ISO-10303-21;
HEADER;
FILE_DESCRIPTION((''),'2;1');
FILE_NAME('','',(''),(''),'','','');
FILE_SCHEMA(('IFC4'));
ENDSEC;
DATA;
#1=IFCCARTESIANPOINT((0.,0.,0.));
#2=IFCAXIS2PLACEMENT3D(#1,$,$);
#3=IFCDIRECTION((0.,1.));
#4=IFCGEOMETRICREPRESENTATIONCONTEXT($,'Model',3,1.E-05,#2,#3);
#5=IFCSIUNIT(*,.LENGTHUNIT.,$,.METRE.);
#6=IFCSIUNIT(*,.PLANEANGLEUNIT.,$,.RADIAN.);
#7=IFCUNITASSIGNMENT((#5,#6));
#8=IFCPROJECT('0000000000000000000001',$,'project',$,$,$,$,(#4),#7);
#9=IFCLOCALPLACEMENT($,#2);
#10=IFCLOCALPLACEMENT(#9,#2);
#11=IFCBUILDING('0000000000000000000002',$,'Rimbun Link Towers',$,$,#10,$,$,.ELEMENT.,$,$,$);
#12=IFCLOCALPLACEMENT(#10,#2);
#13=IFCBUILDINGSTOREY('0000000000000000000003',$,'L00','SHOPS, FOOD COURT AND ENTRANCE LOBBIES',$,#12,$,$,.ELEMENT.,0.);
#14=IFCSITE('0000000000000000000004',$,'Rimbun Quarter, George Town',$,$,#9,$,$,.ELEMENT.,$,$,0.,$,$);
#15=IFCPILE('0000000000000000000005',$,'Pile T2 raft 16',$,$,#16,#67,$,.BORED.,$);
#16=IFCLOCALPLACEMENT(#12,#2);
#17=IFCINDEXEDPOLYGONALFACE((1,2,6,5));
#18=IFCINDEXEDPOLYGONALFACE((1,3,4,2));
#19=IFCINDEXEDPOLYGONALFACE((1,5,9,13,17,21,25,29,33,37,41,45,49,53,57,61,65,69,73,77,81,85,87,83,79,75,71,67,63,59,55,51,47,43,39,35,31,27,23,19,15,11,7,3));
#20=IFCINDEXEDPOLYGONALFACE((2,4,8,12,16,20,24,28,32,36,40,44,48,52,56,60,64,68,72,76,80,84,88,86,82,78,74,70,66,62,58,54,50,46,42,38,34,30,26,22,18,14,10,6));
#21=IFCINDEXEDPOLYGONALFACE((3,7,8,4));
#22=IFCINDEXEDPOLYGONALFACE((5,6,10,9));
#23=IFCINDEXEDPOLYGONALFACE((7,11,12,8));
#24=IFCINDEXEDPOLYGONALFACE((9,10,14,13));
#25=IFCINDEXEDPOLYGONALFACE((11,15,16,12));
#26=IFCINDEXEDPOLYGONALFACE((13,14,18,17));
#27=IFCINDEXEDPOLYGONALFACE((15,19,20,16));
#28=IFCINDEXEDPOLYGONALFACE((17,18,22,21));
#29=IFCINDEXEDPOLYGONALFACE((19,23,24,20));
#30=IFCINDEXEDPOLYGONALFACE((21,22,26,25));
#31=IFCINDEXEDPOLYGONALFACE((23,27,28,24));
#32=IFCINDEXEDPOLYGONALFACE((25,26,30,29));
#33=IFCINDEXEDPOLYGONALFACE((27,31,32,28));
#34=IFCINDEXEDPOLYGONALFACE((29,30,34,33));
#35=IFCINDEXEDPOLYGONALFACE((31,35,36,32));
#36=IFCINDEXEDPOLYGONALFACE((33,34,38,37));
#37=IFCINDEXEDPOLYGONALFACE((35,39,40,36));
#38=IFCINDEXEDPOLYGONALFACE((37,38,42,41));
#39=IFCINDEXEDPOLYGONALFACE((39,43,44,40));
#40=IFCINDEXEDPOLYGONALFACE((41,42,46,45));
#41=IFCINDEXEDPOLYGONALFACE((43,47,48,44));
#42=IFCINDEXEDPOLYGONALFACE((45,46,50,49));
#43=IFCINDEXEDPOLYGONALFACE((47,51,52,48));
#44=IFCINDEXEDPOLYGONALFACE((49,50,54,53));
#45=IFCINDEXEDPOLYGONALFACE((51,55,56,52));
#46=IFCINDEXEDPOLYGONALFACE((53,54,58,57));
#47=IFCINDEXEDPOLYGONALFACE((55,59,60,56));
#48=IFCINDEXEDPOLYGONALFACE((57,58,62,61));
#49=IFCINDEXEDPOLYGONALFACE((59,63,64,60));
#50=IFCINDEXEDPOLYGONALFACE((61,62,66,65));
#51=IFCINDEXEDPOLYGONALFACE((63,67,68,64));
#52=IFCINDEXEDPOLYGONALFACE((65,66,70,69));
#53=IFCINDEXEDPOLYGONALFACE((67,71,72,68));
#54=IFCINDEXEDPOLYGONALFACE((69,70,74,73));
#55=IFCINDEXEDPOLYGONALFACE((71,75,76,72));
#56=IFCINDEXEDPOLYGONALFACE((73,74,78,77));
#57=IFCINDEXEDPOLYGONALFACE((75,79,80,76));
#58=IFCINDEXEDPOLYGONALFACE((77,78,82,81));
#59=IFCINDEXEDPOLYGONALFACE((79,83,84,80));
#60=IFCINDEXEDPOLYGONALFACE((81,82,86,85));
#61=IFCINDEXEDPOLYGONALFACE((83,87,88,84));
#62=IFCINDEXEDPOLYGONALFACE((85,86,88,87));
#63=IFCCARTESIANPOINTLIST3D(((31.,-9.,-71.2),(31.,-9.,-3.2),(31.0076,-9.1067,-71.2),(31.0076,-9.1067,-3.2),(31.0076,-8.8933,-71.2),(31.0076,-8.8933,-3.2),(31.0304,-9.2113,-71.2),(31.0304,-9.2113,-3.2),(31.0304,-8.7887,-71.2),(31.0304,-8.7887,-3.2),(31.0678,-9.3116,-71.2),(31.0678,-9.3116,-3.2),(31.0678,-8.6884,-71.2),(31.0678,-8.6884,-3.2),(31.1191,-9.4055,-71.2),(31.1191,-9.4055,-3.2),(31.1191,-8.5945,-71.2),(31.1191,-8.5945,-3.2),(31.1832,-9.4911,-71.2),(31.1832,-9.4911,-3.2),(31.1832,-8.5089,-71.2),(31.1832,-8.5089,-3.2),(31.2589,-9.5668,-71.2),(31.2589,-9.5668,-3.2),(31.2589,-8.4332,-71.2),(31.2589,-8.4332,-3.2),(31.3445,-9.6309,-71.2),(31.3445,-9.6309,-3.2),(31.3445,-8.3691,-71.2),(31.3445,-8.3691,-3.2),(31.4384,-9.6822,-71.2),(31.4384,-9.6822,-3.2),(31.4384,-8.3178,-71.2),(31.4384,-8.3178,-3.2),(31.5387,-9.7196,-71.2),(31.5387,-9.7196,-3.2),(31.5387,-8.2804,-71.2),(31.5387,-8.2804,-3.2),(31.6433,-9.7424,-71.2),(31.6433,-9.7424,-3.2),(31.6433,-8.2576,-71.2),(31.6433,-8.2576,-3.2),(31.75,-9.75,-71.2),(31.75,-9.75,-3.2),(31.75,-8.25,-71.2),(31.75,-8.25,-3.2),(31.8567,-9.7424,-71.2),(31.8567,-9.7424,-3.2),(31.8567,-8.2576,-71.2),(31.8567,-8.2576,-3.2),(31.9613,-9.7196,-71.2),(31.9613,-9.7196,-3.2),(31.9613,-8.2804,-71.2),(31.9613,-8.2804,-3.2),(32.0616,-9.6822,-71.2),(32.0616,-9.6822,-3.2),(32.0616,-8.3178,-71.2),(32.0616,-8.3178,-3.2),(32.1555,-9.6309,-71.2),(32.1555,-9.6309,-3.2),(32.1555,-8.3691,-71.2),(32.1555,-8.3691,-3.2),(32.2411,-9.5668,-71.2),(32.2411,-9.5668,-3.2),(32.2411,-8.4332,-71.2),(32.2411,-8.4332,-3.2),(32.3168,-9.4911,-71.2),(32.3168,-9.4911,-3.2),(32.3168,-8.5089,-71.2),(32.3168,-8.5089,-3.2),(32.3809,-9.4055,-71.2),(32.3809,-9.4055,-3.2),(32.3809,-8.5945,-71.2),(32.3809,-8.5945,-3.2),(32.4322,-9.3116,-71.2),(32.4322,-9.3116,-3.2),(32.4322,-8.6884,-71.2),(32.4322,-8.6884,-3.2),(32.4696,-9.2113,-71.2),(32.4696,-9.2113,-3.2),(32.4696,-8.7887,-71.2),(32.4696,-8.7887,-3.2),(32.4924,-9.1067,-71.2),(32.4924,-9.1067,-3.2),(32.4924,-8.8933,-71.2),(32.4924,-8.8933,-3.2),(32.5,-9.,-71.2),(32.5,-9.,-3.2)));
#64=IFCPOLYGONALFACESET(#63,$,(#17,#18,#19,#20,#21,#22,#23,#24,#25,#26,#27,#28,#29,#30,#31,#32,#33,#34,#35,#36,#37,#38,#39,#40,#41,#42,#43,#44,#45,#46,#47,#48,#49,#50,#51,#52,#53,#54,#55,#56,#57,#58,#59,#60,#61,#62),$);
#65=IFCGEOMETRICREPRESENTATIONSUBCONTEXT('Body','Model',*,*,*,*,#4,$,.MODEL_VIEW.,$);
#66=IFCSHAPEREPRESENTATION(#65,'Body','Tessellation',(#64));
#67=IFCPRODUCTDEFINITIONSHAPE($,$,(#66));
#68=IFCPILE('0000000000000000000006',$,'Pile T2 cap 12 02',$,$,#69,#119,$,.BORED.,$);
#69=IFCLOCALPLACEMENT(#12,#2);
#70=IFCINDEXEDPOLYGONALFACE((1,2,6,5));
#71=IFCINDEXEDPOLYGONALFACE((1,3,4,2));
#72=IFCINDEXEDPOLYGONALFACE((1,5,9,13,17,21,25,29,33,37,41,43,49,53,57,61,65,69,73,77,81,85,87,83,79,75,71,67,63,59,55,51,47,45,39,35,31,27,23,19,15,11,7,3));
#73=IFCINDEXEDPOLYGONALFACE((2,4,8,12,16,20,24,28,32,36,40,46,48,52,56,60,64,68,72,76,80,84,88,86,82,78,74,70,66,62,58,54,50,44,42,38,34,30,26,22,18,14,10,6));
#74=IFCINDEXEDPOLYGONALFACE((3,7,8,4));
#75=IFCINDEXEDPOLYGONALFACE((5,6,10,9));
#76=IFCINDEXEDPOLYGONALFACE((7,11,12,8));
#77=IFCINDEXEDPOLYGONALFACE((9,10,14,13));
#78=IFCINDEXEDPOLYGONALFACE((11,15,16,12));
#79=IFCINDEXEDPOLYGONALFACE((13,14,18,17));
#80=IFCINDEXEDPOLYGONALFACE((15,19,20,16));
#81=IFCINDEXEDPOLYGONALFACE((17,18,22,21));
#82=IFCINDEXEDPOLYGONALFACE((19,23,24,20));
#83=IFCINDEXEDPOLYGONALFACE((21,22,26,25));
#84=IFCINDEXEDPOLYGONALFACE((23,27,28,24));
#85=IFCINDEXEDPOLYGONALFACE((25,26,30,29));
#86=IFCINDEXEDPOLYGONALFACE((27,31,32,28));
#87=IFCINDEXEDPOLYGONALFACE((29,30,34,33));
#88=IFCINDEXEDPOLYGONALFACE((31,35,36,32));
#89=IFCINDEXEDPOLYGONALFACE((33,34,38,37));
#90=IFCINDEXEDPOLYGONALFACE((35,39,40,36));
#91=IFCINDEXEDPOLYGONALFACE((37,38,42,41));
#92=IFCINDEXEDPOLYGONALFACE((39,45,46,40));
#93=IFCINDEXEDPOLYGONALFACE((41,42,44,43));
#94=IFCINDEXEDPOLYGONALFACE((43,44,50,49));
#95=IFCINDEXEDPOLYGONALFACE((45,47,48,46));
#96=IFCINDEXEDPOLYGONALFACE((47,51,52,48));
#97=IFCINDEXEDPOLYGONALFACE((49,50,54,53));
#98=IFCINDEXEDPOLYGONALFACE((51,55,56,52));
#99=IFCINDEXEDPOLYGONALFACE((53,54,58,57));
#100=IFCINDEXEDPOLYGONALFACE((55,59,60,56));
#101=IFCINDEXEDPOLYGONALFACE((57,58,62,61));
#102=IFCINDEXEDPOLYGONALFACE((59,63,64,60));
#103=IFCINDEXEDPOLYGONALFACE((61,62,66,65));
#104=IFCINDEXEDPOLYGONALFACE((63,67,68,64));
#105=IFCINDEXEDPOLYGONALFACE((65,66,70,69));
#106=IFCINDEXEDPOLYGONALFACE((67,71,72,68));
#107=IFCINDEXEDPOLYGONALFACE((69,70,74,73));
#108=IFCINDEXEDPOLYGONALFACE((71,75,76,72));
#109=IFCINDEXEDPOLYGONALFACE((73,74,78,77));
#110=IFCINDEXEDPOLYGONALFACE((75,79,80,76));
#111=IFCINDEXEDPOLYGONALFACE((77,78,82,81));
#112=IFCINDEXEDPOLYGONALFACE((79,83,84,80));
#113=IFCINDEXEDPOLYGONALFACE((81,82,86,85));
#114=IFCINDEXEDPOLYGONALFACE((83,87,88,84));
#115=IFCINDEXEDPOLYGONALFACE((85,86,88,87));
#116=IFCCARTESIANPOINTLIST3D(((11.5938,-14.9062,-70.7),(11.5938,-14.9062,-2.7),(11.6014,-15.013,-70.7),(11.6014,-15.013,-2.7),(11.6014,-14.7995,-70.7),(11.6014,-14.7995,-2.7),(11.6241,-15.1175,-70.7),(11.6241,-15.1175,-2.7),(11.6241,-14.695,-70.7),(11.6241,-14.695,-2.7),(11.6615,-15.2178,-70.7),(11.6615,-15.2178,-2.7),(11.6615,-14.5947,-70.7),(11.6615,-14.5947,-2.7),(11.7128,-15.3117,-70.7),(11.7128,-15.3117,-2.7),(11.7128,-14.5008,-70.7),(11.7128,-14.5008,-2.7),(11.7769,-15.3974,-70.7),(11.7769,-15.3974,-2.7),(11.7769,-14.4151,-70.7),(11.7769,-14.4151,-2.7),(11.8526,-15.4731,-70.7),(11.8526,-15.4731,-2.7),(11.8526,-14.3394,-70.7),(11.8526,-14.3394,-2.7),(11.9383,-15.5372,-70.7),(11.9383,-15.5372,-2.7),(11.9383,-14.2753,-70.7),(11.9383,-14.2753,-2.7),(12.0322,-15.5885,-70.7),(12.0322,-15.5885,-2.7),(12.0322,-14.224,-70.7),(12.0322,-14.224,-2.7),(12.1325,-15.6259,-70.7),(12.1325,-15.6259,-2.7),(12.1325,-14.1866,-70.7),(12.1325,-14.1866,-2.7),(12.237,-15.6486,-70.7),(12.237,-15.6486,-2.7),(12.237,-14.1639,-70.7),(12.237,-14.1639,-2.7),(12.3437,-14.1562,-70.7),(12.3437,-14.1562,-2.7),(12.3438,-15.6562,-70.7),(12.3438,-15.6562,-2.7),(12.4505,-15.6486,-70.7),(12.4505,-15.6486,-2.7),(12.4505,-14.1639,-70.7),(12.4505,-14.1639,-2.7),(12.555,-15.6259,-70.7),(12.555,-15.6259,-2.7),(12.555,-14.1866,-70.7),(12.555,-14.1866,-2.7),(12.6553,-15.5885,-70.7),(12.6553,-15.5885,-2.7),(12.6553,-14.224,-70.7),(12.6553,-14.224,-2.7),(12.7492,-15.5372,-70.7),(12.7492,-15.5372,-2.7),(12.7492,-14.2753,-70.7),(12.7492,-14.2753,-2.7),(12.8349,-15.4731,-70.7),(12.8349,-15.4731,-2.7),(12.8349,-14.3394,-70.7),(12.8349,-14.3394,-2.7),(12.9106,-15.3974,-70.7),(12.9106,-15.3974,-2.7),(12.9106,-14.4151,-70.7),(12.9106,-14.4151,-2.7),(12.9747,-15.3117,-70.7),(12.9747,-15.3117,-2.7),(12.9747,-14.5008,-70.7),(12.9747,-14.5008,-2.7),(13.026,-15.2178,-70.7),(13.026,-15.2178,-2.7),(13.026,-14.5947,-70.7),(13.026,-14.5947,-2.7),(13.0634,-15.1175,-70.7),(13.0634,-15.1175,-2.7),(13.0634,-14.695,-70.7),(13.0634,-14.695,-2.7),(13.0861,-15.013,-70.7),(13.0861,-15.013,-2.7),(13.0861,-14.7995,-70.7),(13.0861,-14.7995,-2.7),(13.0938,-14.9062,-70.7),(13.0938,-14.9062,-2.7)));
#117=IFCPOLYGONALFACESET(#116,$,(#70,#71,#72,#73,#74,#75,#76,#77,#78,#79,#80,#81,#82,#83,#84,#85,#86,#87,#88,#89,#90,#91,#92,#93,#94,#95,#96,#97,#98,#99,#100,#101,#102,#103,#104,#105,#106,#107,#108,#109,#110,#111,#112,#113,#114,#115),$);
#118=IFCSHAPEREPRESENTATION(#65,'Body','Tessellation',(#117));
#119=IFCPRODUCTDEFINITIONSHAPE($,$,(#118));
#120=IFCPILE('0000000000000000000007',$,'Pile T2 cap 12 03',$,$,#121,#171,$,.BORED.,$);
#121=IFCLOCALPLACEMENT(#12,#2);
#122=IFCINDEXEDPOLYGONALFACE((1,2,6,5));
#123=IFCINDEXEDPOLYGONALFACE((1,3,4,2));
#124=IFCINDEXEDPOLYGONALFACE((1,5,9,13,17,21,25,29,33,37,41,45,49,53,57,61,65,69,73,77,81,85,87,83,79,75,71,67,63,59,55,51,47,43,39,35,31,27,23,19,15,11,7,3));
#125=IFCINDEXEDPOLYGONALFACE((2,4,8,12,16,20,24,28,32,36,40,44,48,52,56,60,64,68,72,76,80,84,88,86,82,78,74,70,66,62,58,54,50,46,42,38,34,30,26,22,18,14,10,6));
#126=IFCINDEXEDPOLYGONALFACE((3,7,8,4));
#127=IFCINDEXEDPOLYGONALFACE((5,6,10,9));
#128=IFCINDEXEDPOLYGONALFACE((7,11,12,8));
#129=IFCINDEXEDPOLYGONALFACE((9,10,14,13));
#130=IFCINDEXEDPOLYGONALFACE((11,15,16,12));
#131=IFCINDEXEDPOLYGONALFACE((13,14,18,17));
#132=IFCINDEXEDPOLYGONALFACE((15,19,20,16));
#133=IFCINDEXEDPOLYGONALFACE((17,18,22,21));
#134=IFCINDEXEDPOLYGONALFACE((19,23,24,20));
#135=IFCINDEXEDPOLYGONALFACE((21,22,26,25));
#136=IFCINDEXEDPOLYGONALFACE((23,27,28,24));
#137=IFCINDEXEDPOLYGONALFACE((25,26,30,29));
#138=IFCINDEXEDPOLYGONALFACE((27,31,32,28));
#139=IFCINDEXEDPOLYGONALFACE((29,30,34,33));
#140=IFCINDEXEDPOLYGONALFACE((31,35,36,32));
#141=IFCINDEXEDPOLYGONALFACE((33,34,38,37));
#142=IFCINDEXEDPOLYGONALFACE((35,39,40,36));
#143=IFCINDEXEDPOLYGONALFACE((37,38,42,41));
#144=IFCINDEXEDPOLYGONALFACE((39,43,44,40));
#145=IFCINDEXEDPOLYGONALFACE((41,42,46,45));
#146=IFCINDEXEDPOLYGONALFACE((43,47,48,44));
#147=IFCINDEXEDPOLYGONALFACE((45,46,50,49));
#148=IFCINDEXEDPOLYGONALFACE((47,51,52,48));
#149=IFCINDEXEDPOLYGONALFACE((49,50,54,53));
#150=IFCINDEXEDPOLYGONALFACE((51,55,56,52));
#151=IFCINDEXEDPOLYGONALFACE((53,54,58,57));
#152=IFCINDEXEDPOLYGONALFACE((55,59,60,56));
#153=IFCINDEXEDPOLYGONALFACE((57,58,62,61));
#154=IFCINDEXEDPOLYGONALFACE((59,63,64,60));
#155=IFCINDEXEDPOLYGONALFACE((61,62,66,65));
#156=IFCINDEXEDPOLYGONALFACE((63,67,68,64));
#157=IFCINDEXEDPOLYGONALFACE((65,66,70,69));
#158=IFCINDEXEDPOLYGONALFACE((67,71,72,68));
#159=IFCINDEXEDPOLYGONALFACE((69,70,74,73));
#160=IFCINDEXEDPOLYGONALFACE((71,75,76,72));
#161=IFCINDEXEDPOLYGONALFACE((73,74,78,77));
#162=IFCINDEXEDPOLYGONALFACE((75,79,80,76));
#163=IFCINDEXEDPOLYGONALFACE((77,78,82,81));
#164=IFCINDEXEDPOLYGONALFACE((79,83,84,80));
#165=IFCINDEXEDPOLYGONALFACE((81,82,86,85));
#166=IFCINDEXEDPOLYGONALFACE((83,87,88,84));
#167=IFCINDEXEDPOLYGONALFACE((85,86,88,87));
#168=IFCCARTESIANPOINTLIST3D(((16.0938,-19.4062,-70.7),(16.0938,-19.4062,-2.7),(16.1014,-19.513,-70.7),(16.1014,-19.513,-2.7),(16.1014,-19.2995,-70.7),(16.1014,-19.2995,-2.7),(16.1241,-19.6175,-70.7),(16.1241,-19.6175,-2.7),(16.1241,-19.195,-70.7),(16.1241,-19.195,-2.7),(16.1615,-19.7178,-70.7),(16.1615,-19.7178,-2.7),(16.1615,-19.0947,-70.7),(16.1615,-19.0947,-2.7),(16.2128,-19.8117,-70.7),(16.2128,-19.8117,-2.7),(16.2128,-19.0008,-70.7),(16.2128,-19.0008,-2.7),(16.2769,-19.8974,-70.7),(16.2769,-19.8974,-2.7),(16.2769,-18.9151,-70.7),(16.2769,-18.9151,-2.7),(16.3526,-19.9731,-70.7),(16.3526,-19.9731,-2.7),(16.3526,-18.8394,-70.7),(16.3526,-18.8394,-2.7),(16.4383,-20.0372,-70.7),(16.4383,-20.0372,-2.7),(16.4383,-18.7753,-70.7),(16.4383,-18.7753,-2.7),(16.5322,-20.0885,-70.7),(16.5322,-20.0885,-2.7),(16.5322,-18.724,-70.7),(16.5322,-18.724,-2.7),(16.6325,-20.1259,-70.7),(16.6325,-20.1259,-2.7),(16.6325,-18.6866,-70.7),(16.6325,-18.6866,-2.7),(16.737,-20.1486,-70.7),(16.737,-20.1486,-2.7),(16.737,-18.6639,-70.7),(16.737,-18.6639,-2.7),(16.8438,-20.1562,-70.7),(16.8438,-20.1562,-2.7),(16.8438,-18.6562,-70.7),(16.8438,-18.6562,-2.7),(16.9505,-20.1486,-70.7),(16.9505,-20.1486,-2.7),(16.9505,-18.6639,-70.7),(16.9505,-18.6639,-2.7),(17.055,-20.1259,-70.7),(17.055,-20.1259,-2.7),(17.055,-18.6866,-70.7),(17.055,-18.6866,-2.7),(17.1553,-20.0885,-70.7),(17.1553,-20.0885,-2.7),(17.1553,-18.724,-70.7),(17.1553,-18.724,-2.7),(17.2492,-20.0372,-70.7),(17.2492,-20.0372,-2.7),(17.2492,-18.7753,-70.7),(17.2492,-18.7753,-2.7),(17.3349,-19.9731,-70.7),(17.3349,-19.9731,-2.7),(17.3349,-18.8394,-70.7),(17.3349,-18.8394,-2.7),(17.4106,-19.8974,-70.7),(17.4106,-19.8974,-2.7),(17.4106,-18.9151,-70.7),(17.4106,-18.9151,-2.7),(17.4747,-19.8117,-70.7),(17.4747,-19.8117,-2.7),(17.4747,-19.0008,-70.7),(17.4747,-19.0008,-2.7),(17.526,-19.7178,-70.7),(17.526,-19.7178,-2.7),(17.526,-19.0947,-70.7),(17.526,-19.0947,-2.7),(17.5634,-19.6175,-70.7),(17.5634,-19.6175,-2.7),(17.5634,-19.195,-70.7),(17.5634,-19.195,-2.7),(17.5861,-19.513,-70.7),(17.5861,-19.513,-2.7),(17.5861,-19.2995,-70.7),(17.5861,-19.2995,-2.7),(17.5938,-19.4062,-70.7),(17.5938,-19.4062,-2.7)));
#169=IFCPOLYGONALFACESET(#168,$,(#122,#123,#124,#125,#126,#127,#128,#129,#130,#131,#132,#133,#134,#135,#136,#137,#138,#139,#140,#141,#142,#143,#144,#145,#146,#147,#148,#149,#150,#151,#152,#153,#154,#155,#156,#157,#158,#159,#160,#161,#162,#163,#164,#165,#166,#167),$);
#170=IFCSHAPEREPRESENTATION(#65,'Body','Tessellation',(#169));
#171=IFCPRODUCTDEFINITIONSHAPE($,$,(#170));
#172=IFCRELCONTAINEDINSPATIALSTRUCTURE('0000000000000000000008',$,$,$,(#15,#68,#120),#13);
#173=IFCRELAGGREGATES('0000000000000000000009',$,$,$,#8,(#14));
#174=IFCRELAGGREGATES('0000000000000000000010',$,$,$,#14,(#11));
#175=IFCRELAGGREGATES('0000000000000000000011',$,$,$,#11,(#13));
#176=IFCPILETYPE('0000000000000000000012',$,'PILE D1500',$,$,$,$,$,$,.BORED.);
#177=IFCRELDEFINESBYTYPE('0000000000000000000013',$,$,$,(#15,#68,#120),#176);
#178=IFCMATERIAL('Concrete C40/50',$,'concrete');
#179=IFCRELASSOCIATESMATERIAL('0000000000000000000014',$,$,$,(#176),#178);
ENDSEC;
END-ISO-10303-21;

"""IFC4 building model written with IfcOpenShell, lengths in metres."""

from ifc_helpers import new_model, si_unit, direction, frame, origin, origin_2d, place, context, subcontext, project, spatial, circle, extrude, material, material_profile, profile_set, type_object, element, save


model = new_model("IFC4")

# Units and contexts
model_context = context("Model", 3, precision=1e-05, world=origin(), true_north=direction((0.0, 1.0)))
body_context = subcontext(model_context, "Body", "Model", "MODEL_VIEW")
ifc_project = project(units=[si_unit("LENGTHUNIT", "METRE"), si_unit("PLANEANGLEUNIT", "RADIAN")], contexts=[model_context])

# Site, building, storey
site_placement = place(None, origin())
site = spatial("IfcSite", under=ifc_project, at=site_placement, Name="Rimbun Quarter, George Town", CompositionType="ELEMENT", RefElevation=0.0)
building_placement = place(site_placement, origin())
building = spatial("IfcBuilding", under=site, at=building_placement, Name="Rimbun Link Towers", CompositionType="ELEMENT")
storey_placement = place(building_placement, origin())
storey = spatial("IfcBuildingStorey", under=building, at=storey_placement, Name="L00", Description="SHOPS, FOOD COURT AND ENTRANCE LOBBIES", CompositionType="ELEMENT", Elevation=0.0)

# Piles
ifc_material_1 = material(Name="Concrete C40/50", Category="concrete")
ifc_material_profile_1 = material_profile(ifc_material_1, circle(Radius=0.75, at=origin_2d()), Name="PILE D1500")
ifc_profile_set_1 = profile_set([ifc_material_profile_1], Name="Concrete C40/50")
pile_type_1 = type_object("IfcPileType", Name="PILE D1500", PredefinedType="BORED", material=ifc_profile_set_1)
for number, where, z_axis, x_axis, name in (
    (1, (31.75, -9.0, -3.2), (0.0, 0.0, -1.0), (1.0, 0.0, 0.0), "Pile T2 raft 16"),
    (2, (12.3438, -14.9062, -2.7), (0.0, 0.0, -1.0), (1.0, 0.0, 0.0), "Pile T2 cap 12 02"),
    (3, (16.8438, -19.4062, -2.7), (0.0, 0.0, -1.0), (1.0, 0.0, 0.0), "Pile T2 cap 12 03"),
):
    element("IfcPile", number, at=place(storey_placement, frame(where, z_axis=z_axis, x_axis=x_axis)), inside=storey, type_object=pile_type_1, Name=name, PredefinedType="BORED", context=body_context, shape_type="SweptSolid", body=[
        extrude(circle(Radius=0.75, at=origin_2d()), origin(), (0.0, 0.0, 1.0), 68.0),
    ])

save(model, "model.ifc")
